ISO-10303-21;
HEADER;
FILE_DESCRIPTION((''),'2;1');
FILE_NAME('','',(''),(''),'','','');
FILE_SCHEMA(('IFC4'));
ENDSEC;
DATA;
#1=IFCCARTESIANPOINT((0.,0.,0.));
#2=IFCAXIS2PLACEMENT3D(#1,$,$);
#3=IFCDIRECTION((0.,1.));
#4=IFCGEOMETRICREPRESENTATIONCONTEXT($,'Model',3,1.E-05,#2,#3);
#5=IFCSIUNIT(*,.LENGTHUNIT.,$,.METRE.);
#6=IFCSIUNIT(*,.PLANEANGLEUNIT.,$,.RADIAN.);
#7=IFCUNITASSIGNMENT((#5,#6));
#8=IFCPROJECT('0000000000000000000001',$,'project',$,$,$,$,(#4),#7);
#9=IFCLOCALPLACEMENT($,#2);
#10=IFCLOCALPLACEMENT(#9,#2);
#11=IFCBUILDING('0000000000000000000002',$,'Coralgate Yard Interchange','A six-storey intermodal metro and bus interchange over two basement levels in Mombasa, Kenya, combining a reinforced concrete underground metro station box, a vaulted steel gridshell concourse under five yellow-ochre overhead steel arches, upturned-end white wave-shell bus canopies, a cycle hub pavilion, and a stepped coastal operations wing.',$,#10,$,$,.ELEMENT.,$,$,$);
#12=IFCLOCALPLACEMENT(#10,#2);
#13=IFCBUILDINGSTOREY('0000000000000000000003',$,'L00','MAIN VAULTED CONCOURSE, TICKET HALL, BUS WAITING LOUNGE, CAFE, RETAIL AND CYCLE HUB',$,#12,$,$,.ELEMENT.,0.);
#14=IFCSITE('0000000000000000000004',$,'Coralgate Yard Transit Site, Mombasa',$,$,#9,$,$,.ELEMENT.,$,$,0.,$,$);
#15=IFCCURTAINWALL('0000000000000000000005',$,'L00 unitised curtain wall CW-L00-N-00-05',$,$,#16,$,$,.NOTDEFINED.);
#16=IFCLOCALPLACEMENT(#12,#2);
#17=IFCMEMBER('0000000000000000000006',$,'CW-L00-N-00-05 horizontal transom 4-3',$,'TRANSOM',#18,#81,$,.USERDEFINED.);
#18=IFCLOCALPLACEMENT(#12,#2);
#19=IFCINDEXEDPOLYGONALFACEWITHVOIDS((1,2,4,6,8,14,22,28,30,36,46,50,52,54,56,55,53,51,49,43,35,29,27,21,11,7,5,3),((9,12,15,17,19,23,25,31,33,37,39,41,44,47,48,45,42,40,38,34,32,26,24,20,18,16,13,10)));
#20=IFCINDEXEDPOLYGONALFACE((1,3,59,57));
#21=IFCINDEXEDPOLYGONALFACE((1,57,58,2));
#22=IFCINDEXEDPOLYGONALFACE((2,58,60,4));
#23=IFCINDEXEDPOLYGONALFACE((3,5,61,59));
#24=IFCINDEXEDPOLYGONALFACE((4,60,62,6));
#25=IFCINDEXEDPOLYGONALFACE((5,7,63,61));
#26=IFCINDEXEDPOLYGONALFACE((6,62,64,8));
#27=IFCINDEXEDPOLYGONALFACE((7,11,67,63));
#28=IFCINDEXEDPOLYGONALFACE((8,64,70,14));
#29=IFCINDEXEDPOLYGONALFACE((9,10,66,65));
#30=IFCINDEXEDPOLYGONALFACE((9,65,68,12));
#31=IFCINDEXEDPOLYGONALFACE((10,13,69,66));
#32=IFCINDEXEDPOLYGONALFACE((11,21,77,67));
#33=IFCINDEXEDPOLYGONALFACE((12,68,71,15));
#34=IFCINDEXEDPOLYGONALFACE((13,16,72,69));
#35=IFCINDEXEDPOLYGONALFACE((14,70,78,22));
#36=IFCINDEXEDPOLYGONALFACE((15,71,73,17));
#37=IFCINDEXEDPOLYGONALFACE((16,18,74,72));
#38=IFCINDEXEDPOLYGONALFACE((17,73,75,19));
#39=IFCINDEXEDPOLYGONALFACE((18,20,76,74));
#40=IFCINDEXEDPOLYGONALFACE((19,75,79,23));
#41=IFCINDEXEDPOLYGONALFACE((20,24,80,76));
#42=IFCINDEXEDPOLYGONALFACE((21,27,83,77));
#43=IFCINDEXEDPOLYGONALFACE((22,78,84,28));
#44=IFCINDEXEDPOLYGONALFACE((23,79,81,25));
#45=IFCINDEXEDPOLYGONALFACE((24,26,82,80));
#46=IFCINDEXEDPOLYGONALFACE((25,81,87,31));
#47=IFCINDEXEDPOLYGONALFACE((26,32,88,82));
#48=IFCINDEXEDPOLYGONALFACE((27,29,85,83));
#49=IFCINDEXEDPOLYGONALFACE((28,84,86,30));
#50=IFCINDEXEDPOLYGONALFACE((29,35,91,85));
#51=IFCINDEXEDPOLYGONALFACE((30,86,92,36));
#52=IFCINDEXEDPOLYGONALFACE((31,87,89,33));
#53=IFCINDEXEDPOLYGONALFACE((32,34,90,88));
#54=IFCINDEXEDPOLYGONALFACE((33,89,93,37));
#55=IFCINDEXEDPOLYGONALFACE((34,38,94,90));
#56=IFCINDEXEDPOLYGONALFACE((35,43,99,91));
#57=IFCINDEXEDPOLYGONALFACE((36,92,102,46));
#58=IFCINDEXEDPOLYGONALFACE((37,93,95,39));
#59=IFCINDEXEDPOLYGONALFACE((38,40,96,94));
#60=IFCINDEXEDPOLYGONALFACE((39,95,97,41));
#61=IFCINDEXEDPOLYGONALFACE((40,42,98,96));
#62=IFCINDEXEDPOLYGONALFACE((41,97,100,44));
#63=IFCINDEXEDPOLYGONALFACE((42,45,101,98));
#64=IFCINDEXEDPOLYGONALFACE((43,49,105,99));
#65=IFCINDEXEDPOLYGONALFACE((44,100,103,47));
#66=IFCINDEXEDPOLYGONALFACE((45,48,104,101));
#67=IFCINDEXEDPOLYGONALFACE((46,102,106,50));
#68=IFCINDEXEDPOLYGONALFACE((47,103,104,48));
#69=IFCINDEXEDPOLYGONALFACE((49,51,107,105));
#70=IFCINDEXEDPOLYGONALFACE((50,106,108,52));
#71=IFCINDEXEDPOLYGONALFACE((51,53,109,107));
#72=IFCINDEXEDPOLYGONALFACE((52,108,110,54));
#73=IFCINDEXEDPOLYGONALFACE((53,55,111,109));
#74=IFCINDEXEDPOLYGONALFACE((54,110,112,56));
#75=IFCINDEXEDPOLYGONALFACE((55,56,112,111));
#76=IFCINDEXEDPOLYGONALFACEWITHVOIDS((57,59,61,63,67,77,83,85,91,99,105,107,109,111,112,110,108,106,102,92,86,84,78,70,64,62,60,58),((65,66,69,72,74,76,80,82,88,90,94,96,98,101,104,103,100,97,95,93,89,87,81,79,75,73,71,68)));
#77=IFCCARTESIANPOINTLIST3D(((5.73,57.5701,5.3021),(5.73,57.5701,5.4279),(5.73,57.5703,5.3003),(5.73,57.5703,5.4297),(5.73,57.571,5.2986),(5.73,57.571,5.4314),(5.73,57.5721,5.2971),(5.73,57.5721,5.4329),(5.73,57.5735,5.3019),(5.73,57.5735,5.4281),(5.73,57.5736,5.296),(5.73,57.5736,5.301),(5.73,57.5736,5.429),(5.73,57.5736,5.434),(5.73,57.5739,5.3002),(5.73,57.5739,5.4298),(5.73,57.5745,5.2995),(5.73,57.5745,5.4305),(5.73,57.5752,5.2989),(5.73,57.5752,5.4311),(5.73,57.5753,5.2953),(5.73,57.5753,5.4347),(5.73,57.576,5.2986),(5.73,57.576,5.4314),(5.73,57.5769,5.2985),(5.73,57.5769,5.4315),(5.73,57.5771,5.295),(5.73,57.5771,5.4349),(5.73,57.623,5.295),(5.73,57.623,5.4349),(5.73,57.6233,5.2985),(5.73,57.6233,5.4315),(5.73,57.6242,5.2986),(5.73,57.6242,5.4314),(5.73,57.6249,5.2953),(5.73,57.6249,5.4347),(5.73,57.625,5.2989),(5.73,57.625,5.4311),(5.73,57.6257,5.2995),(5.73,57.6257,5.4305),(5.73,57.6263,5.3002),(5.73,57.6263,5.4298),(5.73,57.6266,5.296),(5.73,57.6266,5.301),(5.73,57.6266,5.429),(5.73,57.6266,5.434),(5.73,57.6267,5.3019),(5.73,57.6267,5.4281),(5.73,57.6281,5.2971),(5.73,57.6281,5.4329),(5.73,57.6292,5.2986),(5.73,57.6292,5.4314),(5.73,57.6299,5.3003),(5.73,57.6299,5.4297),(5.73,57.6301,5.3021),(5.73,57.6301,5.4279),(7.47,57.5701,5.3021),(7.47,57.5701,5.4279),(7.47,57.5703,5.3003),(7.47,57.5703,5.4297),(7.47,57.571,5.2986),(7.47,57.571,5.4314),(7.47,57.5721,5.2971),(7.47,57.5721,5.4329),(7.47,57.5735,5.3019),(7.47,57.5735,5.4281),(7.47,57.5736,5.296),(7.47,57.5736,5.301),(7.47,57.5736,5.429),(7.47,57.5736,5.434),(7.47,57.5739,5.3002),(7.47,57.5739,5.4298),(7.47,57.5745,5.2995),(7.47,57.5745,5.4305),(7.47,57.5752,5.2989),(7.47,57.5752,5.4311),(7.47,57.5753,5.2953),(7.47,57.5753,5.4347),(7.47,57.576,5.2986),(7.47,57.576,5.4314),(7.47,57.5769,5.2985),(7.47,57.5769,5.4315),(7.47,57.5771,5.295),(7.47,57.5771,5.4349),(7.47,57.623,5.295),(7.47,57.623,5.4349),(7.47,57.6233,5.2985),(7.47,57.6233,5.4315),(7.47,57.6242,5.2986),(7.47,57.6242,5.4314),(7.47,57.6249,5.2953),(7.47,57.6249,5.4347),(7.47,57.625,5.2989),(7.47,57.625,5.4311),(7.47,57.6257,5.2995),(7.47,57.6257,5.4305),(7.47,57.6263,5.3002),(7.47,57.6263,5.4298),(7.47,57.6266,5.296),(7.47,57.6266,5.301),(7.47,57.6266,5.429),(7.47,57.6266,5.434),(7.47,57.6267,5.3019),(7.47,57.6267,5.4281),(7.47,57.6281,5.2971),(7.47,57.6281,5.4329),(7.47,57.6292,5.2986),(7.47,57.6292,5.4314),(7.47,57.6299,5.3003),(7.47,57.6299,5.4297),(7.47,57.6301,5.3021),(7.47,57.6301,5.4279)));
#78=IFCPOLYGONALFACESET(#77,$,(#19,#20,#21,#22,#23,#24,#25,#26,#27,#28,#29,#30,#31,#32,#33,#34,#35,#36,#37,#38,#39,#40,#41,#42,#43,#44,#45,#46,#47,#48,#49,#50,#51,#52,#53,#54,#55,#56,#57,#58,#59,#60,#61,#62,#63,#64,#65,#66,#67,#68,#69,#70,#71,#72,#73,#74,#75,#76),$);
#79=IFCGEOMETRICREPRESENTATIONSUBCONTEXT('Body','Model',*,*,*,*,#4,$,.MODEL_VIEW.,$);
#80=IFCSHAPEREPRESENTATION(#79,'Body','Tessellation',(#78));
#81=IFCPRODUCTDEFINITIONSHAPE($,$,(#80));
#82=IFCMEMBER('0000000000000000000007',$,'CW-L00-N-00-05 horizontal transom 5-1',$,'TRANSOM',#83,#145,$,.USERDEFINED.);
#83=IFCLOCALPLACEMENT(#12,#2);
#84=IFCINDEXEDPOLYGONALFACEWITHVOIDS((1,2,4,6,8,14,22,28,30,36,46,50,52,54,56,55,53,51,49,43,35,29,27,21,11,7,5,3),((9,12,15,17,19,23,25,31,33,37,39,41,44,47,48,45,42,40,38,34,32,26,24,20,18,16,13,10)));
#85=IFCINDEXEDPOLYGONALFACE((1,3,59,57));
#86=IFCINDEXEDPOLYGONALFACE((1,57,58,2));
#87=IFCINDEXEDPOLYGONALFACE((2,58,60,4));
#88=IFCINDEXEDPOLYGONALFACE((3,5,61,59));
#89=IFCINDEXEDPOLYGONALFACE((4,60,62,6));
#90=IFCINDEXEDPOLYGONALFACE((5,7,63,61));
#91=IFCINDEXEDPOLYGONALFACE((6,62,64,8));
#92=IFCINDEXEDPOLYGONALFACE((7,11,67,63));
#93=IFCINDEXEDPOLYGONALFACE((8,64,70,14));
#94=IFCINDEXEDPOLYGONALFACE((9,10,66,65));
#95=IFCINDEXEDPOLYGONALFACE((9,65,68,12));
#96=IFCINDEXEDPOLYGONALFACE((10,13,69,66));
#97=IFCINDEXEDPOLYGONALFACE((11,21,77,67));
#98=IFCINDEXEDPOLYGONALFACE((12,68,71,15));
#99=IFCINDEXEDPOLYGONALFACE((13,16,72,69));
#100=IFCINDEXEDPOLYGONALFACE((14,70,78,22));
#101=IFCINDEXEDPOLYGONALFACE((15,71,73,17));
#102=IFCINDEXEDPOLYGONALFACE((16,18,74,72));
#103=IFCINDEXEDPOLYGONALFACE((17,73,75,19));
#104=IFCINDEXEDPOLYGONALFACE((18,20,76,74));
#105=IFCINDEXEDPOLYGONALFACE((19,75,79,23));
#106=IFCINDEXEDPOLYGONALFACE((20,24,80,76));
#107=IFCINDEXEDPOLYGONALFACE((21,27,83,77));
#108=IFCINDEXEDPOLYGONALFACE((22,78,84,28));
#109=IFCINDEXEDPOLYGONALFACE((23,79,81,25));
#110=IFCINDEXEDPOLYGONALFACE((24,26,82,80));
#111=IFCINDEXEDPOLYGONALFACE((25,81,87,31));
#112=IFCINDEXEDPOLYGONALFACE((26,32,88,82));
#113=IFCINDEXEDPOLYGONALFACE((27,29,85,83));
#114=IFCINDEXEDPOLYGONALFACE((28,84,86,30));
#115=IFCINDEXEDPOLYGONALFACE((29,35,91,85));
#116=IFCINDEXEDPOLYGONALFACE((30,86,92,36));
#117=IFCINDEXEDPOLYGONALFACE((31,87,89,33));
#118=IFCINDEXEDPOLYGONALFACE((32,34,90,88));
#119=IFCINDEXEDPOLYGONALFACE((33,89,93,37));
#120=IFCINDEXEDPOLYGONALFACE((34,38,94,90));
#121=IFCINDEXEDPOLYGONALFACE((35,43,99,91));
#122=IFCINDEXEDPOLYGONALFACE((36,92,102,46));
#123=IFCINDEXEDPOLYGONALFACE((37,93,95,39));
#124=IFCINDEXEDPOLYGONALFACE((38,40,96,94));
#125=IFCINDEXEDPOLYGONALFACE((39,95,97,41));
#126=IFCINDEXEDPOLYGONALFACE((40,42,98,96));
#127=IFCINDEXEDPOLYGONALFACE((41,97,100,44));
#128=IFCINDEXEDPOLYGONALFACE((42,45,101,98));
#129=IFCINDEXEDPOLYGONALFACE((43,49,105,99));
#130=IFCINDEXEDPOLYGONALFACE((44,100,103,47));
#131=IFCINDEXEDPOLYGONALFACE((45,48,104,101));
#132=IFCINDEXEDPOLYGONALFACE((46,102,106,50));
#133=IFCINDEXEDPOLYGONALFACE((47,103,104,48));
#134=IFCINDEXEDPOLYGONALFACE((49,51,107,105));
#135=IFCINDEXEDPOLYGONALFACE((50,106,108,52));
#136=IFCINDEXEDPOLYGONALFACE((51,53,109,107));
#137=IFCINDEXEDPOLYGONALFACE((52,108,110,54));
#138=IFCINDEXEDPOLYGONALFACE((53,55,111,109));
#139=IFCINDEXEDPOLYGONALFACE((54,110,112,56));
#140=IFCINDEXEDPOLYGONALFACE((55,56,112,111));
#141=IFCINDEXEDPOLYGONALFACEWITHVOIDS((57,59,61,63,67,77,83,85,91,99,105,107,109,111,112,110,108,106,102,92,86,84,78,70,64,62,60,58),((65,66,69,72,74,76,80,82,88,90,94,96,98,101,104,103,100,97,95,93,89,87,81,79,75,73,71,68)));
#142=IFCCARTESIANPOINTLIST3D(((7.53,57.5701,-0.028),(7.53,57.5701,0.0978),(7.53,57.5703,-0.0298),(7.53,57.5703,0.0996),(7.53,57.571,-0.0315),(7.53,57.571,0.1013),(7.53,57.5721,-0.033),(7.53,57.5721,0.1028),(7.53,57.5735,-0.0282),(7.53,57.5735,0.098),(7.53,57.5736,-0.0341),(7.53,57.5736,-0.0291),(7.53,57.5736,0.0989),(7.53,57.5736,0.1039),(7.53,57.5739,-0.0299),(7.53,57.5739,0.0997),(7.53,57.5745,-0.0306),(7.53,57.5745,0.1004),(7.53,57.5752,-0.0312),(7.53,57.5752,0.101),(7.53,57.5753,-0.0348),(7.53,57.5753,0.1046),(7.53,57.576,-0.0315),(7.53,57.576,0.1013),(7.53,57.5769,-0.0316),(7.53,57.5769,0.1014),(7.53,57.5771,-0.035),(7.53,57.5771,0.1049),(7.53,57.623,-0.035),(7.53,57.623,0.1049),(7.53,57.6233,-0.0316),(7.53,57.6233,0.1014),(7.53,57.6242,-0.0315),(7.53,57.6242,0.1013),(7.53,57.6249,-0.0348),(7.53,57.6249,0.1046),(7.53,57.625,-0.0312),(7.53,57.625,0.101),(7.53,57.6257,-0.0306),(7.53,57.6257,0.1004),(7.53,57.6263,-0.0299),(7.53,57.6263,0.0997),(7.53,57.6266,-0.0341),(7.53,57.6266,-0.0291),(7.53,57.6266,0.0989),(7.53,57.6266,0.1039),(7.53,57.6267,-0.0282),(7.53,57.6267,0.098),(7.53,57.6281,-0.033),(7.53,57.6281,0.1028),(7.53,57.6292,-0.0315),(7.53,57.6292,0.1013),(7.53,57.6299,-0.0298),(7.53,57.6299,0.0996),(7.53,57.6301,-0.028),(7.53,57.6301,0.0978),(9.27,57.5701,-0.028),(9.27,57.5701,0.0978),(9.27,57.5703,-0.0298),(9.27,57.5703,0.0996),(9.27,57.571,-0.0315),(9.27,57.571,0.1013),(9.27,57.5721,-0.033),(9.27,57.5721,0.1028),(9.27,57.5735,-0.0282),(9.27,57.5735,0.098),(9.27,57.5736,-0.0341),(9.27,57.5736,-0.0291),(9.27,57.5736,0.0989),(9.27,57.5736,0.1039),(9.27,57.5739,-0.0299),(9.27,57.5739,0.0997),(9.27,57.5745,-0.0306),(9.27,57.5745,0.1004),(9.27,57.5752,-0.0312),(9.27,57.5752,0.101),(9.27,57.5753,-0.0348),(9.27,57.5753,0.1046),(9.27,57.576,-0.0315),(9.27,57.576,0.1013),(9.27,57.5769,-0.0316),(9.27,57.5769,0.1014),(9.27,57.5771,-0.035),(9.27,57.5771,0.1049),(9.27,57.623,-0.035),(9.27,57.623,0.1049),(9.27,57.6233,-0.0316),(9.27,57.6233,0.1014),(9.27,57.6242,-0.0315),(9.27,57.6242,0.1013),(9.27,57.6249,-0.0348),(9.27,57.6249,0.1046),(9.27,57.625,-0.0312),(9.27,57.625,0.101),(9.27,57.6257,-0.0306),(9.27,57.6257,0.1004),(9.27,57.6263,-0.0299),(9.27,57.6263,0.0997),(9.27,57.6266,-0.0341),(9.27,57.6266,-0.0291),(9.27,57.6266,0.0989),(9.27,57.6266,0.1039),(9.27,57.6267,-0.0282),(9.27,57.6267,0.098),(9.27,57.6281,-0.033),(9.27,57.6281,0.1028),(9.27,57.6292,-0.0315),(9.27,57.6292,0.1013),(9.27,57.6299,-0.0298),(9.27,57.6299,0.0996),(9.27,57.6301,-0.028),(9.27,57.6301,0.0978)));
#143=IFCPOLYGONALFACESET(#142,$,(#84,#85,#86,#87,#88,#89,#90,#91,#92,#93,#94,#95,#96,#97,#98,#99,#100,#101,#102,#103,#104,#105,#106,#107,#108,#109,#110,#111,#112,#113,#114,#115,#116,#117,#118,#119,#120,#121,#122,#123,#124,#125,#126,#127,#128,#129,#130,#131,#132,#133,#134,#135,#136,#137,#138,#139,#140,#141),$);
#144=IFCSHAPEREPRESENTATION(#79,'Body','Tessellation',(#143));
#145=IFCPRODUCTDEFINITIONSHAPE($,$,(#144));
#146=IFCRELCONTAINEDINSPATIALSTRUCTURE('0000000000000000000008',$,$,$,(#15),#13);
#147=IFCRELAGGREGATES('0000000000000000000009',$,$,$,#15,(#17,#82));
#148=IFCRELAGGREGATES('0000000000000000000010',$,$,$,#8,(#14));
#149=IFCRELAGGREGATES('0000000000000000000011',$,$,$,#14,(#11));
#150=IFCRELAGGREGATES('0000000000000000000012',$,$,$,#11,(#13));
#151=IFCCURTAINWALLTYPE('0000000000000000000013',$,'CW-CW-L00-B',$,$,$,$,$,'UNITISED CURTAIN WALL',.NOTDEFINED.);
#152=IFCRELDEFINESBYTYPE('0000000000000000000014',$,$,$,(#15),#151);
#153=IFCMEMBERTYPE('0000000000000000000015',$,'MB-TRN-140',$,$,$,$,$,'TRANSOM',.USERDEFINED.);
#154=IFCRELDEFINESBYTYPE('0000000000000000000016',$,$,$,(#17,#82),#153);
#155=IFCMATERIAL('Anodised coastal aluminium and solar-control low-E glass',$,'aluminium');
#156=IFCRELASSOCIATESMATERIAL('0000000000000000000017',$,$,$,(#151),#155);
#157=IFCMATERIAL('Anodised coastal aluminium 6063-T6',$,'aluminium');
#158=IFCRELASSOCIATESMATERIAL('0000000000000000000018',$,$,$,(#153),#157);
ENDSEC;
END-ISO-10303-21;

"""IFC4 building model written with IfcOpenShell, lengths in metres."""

from ifc_helpers import new_model, si_unit, direction, frame, origin, origin_2d, place, context, subcontext, project, spatial, hollow_rectangle, extrude, material, material_profile, profile_set, type_object, element, aggregate, save


model = new_model("IFC4")

# Units and contexts
model_context = context("Model", 3, precision=1e-05, world=origin(), true_north=direction((0.0, 1.0)))
body_context = subcontext(model_context, "Body", "Model", "MODEL_VIEW")
ifc_project = project(units=[si_unit("LENGTHUNIT", "METRE"), si_unit("PLANEANGLEUNIT", "RADIAN")], contexts=[model_context])

# Site, building, storey
site_placement = place(None, origin())
site = spatial("IfcSite", under=ifc_project, at=site_placement, Name="Coralgate Yard Transit Site, Mombasa", CompositionType="ELEMENT", RefElevation=0.0)
building_placement = place(site_placement, origin())
building = spatial("IfcBuilding", under=site, at=building_placement, Name="Coralgate Yard Interchange", Description="A six-storey intermodal metro and bus interchange over two basement levels in Mombasa, Kenya, combining a reinforced concrete underground metro station box, a vaulted steel gridshell concourse under five yellow-ochre overhead steel arches, upturned-end white wave-shell bus canopies, a cycle hub pavilion, and a stepped coastal operations wing.", CompositionType="ELEMENT")
storey_placement = place(building_placement, origin())
storey = spatial("IfcBuildingStorey", under=building, at=storey_placement, Name="L00", Description="MAIN VAULTED CONCOURSE, TICKET HALL, BUS WAITING LOUNGE, CAFE, RETAIL AND CYCLE HUB", CompositionType="ELEMENT", Elevation=0.0)

# Curtain wall, members
ifc_material_1 = material(Name="Anodised coastal aluminium and solar-control low-E glass", Category="aluminium")
curtain_wall_type = type_object("IfcCurtainWallType", Name="CW-CW-L00-B", ElementType="UNITISED CURTAIN WALL", PredefinedType="NOTDEFINED", material=ifc_material_1)
curtain_wall_placement = place(storey_placement, origin())
curtain_wall = element("IfcCurtainWall", 1, at=curtain_wall_placement, inside=storey, type_object=curtain_wall_type, Name="L00 unitised curtain wall CW-L00-N-00-05", PredefinedType="NOTDEFINED")
ifc_material_2 = material(Name="Anodised coastal aluminium 6063-T6", Category="aluminium")
ifc_material_profile_1 = material_profile(ifc_material_2, hollow_rectangle(XDim=0.0601, YDim=0.1399, WallThickness=0.0034, InnerFilletRadius=0.0034, OuterFilletRadius=0.0071, at=origin_2d()), Name="ALU 60x140x3.5")
ifc_profile_set_1 = profile_set([ifc_material_profile_1], Name="Anodised coastal aluminium 6063-T6")
member_type_1 = type_object("IfcMemberType", Name="MB-TRN-140", ElementType="TRANSOM", PredefinedType="USERDEFINED", material=ifc_profile_set_1)
member_1_placement = place(storey_placement, frame((5.73, 57.6001, 5.365), z_axis=(1.0, 0.0, 0.0), x_axis=(0.0, 1.0, 0.0)))
member_1 = element("IfcMember", 2, at=member_1_placement, type_object=member_type_1, Name="CW-L00-N-00-05 horizontal transom 4-3", ObjectType="TRANSOM", PredefinedType="USERDEFINED", context=body_context, shape_type="SweptSolid", body=[
    extrude(hollow_rectangle(XDim=0.0601, YDim=0.1399, WallThickness=0.0034, InnerFilletRadius=0.0034, OuterFilletRadius=0.0071, at=origin_2d()), origin(), (0.0, 0.0, 1.0), 1.74),
])
member_2_placement = place(storey_placement, frame((7.53, 57.6001, 0.0349), z_axis=(1.0, 0.0, 0.0), x_axis=(0.0, 1.0, 0.0)))
member_2 = element("IfcMember", 3, at=member_2_placement, type_object=member_type_1, Name="CW-L00-N-00-05 horizontal transom 5-1", ObjectType="TRANSOM", PredefinedType="USERDEFINED", context=body_context, shape_type="SweptSolid", body=[
    extrude(hollow_rectangle(XDim=0.0601, YDim=0.1399, WallThickness=0.0034, InnerFilletRadius=0.0034, OuterFilletRadius=0.0071, at=origin_2d()), origin(), (0.0, 0.0, 1.0), 1.74),
])
aggregate(curtain_wall, [member_1, member_2])

save(model, "model.ifc")
